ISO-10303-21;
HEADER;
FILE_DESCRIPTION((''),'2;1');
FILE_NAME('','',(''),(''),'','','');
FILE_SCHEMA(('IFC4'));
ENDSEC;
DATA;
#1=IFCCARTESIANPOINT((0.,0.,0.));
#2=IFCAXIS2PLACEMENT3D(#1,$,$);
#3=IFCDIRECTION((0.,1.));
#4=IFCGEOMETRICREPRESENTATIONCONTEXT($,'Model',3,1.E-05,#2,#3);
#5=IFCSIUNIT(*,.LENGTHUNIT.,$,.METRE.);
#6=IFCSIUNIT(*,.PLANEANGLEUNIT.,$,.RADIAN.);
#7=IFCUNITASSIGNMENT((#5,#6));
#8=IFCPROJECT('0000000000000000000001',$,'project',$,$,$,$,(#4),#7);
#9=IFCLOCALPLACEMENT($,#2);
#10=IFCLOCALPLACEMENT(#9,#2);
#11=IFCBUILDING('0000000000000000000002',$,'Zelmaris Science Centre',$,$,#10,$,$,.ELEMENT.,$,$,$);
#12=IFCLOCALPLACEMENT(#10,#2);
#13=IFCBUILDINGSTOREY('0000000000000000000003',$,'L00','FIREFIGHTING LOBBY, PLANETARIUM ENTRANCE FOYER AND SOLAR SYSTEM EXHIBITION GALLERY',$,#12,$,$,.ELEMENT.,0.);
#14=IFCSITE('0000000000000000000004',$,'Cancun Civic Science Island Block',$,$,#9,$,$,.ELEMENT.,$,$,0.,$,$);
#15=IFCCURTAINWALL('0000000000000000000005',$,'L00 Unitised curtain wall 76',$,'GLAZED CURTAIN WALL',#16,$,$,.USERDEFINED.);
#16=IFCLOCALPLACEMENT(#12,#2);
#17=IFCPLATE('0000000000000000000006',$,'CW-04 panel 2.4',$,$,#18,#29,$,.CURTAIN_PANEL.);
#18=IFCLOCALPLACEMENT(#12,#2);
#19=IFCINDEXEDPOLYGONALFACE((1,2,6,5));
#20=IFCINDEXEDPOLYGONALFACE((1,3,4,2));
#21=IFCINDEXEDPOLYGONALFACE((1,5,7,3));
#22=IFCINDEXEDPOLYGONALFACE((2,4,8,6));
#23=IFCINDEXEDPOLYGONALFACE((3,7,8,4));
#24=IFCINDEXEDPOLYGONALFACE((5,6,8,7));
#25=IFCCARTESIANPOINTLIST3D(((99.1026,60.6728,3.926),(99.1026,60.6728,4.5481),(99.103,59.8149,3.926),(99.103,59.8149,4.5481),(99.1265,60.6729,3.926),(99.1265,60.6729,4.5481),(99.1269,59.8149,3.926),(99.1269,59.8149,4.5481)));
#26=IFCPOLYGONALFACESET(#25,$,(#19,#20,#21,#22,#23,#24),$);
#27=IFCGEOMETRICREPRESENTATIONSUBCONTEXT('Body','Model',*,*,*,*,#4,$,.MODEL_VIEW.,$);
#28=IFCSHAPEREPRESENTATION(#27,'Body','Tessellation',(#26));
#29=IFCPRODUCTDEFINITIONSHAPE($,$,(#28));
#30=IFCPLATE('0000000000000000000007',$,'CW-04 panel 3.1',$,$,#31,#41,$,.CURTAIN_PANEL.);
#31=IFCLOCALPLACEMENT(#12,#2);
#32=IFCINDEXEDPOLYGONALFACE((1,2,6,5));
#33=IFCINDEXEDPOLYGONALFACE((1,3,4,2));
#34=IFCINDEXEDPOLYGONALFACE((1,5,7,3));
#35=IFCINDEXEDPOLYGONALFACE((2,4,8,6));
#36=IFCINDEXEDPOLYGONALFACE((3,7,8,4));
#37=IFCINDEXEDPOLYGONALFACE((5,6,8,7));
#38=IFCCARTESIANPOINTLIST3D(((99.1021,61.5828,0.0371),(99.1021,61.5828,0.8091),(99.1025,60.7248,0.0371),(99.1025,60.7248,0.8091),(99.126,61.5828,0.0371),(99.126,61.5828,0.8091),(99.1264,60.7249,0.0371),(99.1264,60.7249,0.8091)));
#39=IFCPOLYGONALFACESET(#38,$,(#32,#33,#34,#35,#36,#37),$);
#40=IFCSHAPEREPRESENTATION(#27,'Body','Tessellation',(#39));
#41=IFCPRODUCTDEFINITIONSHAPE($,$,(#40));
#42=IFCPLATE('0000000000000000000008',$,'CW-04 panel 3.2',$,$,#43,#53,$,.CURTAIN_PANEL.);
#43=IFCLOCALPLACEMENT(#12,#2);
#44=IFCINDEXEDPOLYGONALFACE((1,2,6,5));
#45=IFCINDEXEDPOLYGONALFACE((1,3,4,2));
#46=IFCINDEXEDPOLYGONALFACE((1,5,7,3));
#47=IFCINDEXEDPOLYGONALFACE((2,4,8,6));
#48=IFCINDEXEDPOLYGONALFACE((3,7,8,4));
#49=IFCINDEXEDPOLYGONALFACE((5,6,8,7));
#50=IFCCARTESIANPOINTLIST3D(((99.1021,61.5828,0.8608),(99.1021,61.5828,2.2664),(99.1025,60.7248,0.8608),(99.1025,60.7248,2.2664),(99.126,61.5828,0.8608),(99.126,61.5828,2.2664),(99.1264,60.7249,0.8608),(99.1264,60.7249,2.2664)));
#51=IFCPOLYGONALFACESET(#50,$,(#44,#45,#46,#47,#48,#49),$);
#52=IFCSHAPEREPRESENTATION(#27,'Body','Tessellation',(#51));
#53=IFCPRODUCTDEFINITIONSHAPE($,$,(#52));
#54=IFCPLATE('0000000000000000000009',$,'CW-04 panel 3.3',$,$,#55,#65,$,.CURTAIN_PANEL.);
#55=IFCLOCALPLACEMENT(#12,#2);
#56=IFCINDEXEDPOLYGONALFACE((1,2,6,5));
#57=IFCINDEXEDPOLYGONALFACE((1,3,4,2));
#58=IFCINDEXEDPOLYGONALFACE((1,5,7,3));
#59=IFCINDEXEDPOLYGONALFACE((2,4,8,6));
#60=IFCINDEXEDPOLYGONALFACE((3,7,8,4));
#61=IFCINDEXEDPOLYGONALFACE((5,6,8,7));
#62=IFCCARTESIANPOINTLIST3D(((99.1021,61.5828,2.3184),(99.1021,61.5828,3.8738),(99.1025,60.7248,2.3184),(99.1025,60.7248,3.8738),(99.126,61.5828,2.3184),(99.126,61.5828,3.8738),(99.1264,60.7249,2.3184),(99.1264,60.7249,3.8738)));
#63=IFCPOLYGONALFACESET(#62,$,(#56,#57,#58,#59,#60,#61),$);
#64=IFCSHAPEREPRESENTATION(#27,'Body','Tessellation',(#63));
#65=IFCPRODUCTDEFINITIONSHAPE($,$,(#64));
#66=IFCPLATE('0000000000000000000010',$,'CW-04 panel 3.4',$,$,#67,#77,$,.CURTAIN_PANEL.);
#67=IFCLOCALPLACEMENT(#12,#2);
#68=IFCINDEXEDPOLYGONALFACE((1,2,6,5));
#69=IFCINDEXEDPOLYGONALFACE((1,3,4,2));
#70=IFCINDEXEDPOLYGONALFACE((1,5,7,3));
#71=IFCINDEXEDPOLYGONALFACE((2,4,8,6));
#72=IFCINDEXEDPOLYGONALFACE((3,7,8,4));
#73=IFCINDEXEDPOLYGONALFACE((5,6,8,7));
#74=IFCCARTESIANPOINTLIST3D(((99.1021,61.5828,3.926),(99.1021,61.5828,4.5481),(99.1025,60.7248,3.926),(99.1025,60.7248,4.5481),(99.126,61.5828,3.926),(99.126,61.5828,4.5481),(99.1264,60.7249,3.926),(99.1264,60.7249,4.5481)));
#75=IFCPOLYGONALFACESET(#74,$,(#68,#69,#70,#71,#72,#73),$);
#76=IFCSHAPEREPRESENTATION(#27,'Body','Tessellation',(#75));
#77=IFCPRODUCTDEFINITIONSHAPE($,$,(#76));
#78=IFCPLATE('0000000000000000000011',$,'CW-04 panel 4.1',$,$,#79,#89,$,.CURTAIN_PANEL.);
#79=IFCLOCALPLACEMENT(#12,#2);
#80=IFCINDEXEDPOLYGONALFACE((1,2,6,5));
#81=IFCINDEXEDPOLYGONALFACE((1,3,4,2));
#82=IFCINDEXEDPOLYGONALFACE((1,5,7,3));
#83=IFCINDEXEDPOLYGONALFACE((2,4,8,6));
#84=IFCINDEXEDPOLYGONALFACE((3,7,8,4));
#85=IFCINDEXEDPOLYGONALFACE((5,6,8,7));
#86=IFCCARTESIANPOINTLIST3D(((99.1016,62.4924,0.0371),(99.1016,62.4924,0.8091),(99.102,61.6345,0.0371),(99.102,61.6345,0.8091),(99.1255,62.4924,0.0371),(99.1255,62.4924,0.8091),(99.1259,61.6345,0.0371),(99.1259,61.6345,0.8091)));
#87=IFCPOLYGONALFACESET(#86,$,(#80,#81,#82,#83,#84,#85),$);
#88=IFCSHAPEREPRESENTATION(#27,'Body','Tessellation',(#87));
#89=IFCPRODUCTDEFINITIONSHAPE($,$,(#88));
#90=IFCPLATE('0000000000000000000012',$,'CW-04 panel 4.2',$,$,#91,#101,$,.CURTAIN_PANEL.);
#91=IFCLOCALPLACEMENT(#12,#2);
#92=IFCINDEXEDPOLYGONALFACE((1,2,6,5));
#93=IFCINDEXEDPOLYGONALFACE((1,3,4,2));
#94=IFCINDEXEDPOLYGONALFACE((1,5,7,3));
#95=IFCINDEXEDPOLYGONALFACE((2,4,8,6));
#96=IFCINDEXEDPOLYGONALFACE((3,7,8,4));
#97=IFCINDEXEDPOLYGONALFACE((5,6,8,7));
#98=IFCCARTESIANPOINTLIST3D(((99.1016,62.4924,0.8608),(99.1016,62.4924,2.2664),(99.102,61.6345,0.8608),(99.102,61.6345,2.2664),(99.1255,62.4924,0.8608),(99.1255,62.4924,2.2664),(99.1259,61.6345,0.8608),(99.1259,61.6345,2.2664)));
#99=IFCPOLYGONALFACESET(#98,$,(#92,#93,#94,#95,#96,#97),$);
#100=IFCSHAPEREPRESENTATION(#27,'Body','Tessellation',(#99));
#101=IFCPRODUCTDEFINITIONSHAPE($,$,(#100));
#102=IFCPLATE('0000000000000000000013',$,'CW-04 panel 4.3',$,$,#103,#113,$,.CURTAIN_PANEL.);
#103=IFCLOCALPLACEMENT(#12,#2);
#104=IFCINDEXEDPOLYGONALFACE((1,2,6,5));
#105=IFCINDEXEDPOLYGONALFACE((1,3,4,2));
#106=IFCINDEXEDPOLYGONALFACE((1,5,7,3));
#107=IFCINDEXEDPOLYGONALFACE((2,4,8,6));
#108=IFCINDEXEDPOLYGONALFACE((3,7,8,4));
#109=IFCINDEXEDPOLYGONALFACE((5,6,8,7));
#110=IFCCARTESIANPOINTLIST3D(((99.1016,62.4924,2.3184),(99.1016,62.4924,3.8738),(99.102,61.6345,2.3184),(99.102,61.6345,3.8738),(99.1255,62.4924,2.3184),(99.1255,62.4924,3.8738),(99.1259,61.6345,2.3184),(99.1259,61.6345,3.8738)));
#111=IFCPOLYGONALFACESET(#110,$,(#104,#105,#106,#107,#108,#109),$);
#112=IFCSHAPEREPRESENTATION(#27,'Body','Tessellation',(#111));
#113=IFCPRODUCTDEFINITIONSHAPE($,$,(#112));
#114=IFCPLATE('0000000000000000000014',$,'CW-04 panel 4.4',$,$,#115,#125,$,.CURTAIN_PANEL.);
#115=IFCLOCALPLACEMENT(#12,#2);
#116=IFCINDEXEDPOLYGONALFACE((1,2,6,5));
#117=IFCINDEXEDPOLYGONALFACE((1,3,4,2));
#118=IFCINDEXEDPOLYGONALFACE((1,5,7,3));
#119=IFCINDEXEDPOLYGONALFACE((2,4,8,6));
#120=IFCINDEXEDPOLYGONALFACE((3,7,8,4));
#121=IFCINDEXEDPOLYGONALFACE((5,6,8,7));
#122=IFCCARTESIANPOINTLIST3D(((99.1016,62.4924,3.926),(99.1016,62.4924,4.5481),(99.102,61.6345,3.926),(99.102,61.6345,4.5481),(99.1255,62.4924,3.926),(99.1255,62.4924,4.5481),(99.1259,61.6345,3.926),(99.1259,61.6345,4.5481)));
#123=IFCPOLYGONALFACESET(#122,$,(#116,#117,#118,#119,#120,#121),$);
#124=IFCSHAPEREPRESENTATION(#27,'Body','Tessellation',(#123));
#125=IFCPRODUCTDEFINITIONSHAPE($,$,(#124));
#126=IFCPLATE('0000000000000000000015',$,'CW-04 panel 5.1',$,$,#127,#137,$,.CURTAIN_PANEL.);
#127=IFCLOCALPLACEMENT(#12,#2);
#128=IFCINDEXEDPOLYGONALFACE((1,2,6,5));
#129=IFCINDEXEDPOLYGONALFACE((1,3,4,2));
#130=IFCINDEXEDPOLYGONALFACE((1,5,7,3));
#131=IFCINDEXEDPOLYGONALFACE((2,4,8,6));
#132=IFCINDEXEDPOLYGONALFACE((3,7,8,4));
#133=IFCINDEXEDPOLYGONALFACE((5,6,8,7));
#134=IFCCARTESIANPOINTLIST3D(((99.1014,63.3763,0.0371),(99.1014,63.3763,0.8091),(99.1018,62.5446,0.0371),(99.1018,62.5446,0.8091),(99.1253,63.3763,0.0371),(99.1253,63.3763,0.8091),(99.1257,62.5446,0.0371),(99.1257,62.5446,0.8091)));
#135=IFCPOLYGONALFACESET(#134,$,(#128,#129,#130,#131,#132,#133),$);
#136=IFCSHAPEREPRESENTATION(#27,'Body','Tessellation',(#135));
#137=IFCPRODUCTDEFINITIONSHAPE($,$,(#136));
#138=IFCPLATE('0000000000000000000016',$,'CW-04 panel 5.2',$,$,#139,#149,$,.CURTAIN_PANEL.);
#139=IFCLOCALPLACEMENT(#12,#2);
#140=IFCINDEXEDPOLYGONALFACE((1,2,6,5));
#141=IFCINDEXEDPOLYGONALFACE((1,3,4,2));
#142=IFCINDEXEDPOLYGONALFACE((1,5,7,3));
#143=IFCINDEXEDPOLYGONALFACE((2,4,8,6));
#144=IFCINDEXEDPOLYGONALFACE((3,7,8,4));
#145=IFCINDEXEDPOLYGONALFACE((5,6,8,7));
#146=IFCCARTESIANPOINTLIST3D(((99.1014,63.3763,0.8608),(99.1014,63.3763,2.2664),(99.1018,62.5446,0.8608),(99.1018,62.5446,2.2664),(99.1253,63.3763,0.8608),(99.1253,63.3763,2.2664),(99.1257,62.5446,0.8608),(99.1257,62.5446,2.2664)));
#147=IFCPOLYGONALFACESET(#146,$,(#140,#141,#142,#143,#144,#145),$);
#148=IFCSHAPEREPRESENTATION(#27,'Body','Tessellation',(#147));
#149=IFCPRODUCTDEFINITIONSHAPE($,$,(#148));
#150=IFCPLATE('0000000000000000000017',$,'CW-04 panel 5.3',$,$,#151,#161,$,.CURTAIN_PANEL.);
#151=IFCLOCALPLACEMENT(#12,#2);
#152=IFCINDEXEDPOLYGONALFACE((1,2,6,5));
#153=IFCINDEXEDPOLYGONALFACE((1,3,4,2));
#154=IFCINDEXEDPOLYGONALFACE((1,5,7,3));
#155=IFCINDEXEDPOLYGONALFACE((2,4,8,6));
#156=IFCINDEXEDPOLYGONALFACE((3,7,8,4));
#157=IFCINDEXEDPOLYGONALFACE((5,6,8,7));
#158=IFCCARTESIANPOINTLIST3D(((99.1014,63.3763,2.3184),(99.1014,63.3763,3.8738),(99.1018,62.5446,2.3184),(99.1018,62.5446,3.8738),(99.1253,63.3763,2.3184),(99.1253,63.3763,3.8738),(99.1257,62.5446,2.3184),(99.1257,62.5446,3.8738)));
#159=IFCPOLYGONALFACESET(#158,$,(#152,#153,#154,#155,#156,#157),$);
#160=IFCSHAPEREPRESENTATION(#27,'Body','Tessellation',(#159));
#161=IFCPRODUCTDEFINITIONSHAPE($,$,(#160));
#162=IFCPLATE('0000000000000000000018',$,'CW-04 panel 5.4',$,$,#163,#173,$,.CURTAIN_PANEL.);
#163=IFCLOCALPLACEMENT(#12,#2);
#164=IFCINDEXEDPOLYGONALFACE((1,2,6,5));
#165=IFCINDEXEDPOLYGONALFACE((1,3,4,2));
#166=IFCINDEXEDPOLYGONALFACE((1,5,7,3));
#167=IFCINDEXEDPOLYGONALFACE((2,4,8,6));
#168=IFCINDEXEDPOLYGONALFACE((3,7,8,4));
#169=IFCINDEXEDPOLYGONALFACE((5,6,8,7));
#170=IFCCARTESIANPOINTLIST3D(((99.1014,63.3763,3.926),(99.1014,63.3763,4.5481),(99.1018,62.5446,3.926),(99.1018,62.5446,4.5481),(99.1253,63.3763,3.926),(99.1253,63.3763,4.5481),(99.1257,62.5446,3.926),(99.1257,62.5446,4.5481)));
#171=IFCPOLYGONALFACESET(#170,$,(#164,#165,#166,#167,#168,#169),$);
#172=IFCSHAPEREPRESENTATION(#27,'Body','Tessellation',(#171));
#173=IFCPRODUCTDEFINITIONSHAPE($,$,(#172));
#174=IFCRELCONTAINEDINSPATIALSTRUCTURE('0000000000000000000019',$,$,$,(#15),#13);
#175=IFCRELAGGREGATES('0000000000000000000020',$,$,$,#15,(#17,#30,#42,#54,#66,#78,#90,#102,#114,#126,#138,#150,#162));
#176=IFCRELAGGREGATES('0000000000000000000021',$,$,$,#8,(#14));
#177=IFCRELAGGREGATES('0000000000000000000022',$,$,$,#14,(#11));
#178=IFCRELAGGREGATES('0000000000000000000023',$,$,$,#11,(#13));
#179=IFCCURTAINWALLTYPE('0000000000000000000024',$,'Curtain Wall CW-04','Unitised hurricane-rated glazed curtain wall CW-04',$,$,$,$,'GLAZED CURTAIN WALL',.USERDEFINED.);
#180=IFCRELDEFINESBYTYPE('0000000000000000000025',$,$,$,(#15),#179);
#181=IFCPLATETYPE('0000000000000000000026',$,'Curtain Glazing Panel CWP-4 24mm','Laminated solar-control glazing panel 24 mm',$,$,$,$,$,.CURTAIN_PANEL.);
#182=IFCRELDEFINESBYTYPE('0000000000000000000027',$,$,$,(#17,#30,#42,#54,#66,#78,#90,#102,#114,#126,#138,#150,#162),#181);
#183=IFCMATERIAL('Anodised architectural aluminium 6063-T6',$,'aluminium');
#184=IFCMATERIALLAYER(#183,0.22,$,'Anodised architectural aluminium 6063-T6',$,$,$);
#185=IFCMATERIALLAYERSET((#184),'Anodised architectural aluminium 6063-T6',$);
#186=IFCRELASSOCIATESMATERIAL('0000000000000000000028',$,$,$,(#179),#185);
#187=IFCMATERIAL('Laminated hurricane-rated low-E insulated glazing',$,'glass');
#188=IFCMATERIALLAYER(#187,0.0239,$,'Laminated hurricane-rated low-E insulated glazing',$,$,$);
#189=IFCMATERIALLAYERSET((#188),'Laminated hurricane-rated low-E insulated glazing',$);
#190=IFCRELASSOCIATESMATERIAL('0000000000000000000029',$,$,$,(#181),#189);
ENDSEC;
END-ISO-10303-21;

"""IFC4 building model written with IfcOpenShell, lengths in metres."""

from ifc_helpers import new_model, si_unit, direction, frame, origin, origin_2d, place, context, subcontext, project, spatial, rectangle, extrude, material, layer, layer_set, type_object, element, aggregate, save


model = new_model("IFC4")

# Units and contexts
model_context = context("Model", 3, precision=1e-05, world=origin(), true_north=direction((0.0, 1.0)))
body_context = subcontext(model_context, "Body", "Model", "MODEL_VIEW")
ifc_project = project(units=[si_unit("LENGTHUNIT", "METRE"), si_unit("PLANEANGLEUNIT", "RADIAN")], contexts=[model_context])

# Site, building, storey
site_placement = place(None, origin())
site = spatial("IfcSite", under=ifc_project, at=site_placement, Name="Cancun Civic Science Island Block", CompositionType="ELEMENT", RefElevation=0.0)
building_placement = place(site_placement, origin())
building = spatial("IfcBuilding", under=site, at=building_placement, Name="Zelmaris Science Centre", CompositionType="ELEMENT")
storey_placement = place(building_placement, origin())
storey = spatial("IfcBuildingStorey", under=building, at=storey_placement, Name="L00", Description="FIREFIGHTING LOBBY, PLANETARIUM ENTRANCE FOYER AND SOLAR SYSTEM EXHIBITION GALLERY", CompositionType="ELEMENT", Elevation=0.0)

# Curtain wall
ifc_material_1 = material(Name="Anodised architectural aluminium 6063-T6", Category="aluminium")
ifc_layer_1 = layer(ifc_material_1, 0.22, Name="Anodised architectural aluminium 6063-T6")
ifc_layer_set_1 = layer_set([ifc_layer_1], Name="Anodised architectural aluminium 6063-T6")
curtain_wall_type = type_object("IfcCurtainWallType", Name="Curtain Wall CW-04", Description="Unitised hurricane-rated glazed curtain wall CW-04", ElementType="GLAZED CURTAIN WALL", PredefinedType="USERDEFINED", material=ifc_layer_set_1)
curtain_wall_placement = place(storey_placement, origin())
curtain_wall = element("IfcCurtainWall", 1, at=curtain_wall_placement, inside=storey, type_object=curtain_wall_type, Name="L00 Unitised curtain wall 76", ObjectType="GLAZED CURTAIN WALL", PredefinedType="USERDEFINED")

# Plates
ifc_material_2 = material(Name="Laminated hurricane-rated low-E insulated glazing", Category="glass")
ifc_layer_2 = layer(ifc_material_2, 0.0239, Name="Laminated hurricane-rated low-E insulated glazing")
ifc_layer_set_2 = layer_set([ifc_layer_2], Name="Laminated hurricane-rated low-E insulated glazing")
plate_type = type_object("IfcPlateType", Name="Curtain Glazing Panel CWP-4 24mm", Description="Laminated solar-control glazing panel 24 mm", PredefinedType="CURTAIN_PANEL", material=ifc_layer_set_2)
plate_1_placement = place(storey_placement, frame((99.1147, 60.2439, 3.926), z_axis=(0.0, 0.0, 1.0), x_axis=(-0.000462, 1.0, 0.0)))
plate_1 = element("IfcPlate", 2, at=plate_1_placement, type_object=plate_type, Name="CW-04 panel 2.4", PredefinedType="CURTAIN_PANEL", context=body_context, shape_type="SweptSolid", body=[
    extrude(rectangle(XDim=0.8579, YDim=0.0239, at=origin_2d()), origin(), (0.0, 0.0, 1.0), 0.6221),
])
plate_2_placement = place(storey_placement, frame((99.1143, 61.1538, 0.0371), z_axis=(0.0, 0.0, 1.0), x_axis=(-0.000462, 1.0, 0.0)))
plate_2 = element("IfcPlate", 3, at=plate_2_placement, type_object=plate_type, Name="CW-04 panel 3.1", PredefinedType="CURTAIN_PANEL", context=body_context, shape_type="SweptSolid", body=[
    extrude(rectangle(XDim=0.8579, YDim=0.0239, at=origin_2d()), origin(), (0.0, 0.0, 1.0), 0.772),
])
plate_3_placement = place(storey_placement, frame((99.1143, 61.1538, 0.8608), z_axis=(0.0, 0.0, 1.0), x_axis=(-0.000462, 1.0, 0.0)))
plate_3 = element("IfcPlate", 4, at=plate_3_placement, type_object=plate_type, Name="CW-04 panel 3.2", PredefinedType="CURTAIN_PANEL", context=body_context, shape_type="SweptSolid", body=[
    extrude(rectangle(XDim=0.8579, YDim=0.0239, at=origin_2d()), origin(), (0.0, 0.0, 1.0), 1.4055),
])
plate_4_placement = place(storey_placement, frame((99.1143, 61.1538, 2.3184), z_axis=(0.0, 0.0, 1.0), x_axis=(-0.000462, 1.0, 0.0)))
plate_4 = element("IfcPlate", 5, at=plate_4_placement, type_object=plate_type, Name="CW-04 panel 3.3", PredefinedType="CURTAIN_PANEL", context=body_context, shape_type="SweptSolid", body=[
    extrude(rectangle(XDim=0.8579, YDim=0.0239, at=origin_2d()), origin(), (0.0, 0.0, 1.0), 1.5554),
])
plate_5_placement = place(storey_placement, frame((99.1143, 61.1538, 3.926), z_axis=(0.0, 0.0, 1.0), x_axis=(-0.000462, 1.0, 0.0)))
plate_5 = element("IfcPlate", 6, at=plate_5_placement, type_object=plate_type, Name="CW-04 panel 3.4", PredefinedType="CURTAIN_PANEL", context=body_context, shape_type="SweptSolid", body=[
    extrude(rectangle(XDim=0.8579, YDim=0.0239, at=origin_2d()), origin(), (0.0, 0.0, 1.0), 0.6221),
])
plate_6_placement = place(storey_placement, frame((99.1138, 62.0635, 0.0371), z_axis=(0.0, 0.0, 1.0), x_axis=(-0.000462, 1.0, 0.0)))
plate_6 = element("IfcPlate", 7, at=plate_6_placement, type_object=plate_type, Name="CW-04 panel 4.1", PredefinedType="CURTAIN_PANEL", context=body_context, shape_type="SweptSolid", body=[
    extrude(rectangle(XDim=0.8579, YDim=0.0239, at=origin_2d()), origin(), (0.0, 0.0, 1.0), 0.772),
])
plate_7_placement = place(storey_placement, frame((99.1138, 62.0635, 0.8608), z_axis=(0.0, 0.0, 1.0), x_axis=(-0.000462, 1.0, 0.0)))
plate_7 = element("IfcPlate", 8, at=plate_7_placement, type_object=plate_type, Name="CW-04 panel 4.2", PredefinedType="CURTAIN_PANEL", context=body_context, shape_type="SweptSolid", body=[
    extrude(rectangle(XDim=0.8579, YDim=0.0239, at=origin_2d()), origin(), (0.0, 0.0, 1.0), 1.4055),
])
plate_8_placement = place(storey_placement, frame((99.1138, 62.0635, 2.3184), z_axis=(0.0, 0.0, 1.0), x_axis=(-0.000462, 1.0, 0.0)))
plate_8 = element("IfcPlate", 9, at=plate_8_placement, type_object=plate_type, Name="CW-04 panel 4.3", PredefinedType="CURTAIN_PANEL", context=body_context, shape_type="SweptSolid", body=[
    extrude(rectangle(XDim=0.8579, YDim=0.0239, at=origin_2d()), origin(), (0.0, 0.0, 1.0), 1.5554),
])
plate_9_placement = place(storey_placement, frame((99.1138, 62.0635, 3.926), z_axis=(0.0, 0.0, 1.0), x_axis=(-0.000462, 1.0, 0.0)))
plate_9 = element("IfcPlate", 10, at=plate_9_placement, type_object=plate_type, Name="CW-04 panel 4.4", PredefinedType="CURTAIN_PANEL", context=body_context, shape_type="SweptSolid", body=[
    extrude(rectangle(XDim=0.8579, YDim=0.0239, at=origin_2d()), origin(), (0.0, 0.0, 1.0), 0.6221),
])
plate_10_placement = place(storey_placement, frame((99.1135, 62.9604, 0.0371), z_axis=(0.0, 0.0, 1.0), x_axis=(-0.000462, 1.0, 0.0)))
plate_10 = element("IfcPlate", 11, at=plate_10_placement, type_object=plate_type, Name="CW-04 panel 5.1", PredefinedType="CURTAIN_PANEL", context=body_context, shape_type="SweptSolid", body=[
    extrude(rectangle(XDim=0.8318, YDim=0.0239, at=origin_2d()), origin(), (0.0, 0.0, 1.0), 0.772),
])
plate_11_placement = place(storey_placement, frame((99.1135, 62.9604, 0.8608), z_axis=(0.0, 0.0, 1.0), x_axis=(-0.000462, 1.0, 0.0)))
plate_11 = element("IfcPlate", 12, at=plate_11_placement, type_object=plate_type, Name="CW-04 panel 5.2", PredefinedType="CURTAIN_PANEL", context=body_context, shape_type="SweptSolid", body=[
    extrude(rectangle(XDim=0.8318, YDim=0.0239, at=origin_2d()), origin(), (0.0, 0.0, 1.0), 1.4055),
])
plate_12_placement = place(storey_placement, frame((99.1135, 62.9604, 2.3184), z_axis=(0.0, 0.0, 1.0), x_axis=(-0.000462, 1.0, 0.0)))
plate_12 = element("IfcPlate", 13, at=plate_12_placement, type_object=plate_type, Name="CW-04 panel 5.3", PredefinedType="CURTAIN_PANEL", context=body_context, shape_type="SweptSolid", body=[
    extrude(rectangle(XDim=0.8318, YDim=0.0239, at=origin_2d()), origin(), (0.0, 0.0, 1.0), 1.5554),
])
plate_13_placement = place(storey_placement, frame((99.1135, 62.9604, 3.926), z_axis=(0.0, 0.0, 1.0), x_axis=(-0.000462, 1.0, 0.0)))
plate_13 = element("IfcPlate", 14, at=plate_13_placement, type_object=plate_type, Name="CW-04 panel 5.4", PredefinedType="CURTAIN_PANEL", context=body_context, shape_type="SweptSolid", body=[
    extrude(rectangle(XDim=0.8318, YDim=0.0239, at=origin_2d()), origin(), (0.0, 0.0, 1.0), 0.6221),
])
aggregate(curtain_wall, [plate_1, plate_2, plate_3, plate_4, plate_5, plate_6, plate_7, plate_8, plate_9, plate_10, plate_11, plate_12, plate_13])

save(model, "model.ifc")
